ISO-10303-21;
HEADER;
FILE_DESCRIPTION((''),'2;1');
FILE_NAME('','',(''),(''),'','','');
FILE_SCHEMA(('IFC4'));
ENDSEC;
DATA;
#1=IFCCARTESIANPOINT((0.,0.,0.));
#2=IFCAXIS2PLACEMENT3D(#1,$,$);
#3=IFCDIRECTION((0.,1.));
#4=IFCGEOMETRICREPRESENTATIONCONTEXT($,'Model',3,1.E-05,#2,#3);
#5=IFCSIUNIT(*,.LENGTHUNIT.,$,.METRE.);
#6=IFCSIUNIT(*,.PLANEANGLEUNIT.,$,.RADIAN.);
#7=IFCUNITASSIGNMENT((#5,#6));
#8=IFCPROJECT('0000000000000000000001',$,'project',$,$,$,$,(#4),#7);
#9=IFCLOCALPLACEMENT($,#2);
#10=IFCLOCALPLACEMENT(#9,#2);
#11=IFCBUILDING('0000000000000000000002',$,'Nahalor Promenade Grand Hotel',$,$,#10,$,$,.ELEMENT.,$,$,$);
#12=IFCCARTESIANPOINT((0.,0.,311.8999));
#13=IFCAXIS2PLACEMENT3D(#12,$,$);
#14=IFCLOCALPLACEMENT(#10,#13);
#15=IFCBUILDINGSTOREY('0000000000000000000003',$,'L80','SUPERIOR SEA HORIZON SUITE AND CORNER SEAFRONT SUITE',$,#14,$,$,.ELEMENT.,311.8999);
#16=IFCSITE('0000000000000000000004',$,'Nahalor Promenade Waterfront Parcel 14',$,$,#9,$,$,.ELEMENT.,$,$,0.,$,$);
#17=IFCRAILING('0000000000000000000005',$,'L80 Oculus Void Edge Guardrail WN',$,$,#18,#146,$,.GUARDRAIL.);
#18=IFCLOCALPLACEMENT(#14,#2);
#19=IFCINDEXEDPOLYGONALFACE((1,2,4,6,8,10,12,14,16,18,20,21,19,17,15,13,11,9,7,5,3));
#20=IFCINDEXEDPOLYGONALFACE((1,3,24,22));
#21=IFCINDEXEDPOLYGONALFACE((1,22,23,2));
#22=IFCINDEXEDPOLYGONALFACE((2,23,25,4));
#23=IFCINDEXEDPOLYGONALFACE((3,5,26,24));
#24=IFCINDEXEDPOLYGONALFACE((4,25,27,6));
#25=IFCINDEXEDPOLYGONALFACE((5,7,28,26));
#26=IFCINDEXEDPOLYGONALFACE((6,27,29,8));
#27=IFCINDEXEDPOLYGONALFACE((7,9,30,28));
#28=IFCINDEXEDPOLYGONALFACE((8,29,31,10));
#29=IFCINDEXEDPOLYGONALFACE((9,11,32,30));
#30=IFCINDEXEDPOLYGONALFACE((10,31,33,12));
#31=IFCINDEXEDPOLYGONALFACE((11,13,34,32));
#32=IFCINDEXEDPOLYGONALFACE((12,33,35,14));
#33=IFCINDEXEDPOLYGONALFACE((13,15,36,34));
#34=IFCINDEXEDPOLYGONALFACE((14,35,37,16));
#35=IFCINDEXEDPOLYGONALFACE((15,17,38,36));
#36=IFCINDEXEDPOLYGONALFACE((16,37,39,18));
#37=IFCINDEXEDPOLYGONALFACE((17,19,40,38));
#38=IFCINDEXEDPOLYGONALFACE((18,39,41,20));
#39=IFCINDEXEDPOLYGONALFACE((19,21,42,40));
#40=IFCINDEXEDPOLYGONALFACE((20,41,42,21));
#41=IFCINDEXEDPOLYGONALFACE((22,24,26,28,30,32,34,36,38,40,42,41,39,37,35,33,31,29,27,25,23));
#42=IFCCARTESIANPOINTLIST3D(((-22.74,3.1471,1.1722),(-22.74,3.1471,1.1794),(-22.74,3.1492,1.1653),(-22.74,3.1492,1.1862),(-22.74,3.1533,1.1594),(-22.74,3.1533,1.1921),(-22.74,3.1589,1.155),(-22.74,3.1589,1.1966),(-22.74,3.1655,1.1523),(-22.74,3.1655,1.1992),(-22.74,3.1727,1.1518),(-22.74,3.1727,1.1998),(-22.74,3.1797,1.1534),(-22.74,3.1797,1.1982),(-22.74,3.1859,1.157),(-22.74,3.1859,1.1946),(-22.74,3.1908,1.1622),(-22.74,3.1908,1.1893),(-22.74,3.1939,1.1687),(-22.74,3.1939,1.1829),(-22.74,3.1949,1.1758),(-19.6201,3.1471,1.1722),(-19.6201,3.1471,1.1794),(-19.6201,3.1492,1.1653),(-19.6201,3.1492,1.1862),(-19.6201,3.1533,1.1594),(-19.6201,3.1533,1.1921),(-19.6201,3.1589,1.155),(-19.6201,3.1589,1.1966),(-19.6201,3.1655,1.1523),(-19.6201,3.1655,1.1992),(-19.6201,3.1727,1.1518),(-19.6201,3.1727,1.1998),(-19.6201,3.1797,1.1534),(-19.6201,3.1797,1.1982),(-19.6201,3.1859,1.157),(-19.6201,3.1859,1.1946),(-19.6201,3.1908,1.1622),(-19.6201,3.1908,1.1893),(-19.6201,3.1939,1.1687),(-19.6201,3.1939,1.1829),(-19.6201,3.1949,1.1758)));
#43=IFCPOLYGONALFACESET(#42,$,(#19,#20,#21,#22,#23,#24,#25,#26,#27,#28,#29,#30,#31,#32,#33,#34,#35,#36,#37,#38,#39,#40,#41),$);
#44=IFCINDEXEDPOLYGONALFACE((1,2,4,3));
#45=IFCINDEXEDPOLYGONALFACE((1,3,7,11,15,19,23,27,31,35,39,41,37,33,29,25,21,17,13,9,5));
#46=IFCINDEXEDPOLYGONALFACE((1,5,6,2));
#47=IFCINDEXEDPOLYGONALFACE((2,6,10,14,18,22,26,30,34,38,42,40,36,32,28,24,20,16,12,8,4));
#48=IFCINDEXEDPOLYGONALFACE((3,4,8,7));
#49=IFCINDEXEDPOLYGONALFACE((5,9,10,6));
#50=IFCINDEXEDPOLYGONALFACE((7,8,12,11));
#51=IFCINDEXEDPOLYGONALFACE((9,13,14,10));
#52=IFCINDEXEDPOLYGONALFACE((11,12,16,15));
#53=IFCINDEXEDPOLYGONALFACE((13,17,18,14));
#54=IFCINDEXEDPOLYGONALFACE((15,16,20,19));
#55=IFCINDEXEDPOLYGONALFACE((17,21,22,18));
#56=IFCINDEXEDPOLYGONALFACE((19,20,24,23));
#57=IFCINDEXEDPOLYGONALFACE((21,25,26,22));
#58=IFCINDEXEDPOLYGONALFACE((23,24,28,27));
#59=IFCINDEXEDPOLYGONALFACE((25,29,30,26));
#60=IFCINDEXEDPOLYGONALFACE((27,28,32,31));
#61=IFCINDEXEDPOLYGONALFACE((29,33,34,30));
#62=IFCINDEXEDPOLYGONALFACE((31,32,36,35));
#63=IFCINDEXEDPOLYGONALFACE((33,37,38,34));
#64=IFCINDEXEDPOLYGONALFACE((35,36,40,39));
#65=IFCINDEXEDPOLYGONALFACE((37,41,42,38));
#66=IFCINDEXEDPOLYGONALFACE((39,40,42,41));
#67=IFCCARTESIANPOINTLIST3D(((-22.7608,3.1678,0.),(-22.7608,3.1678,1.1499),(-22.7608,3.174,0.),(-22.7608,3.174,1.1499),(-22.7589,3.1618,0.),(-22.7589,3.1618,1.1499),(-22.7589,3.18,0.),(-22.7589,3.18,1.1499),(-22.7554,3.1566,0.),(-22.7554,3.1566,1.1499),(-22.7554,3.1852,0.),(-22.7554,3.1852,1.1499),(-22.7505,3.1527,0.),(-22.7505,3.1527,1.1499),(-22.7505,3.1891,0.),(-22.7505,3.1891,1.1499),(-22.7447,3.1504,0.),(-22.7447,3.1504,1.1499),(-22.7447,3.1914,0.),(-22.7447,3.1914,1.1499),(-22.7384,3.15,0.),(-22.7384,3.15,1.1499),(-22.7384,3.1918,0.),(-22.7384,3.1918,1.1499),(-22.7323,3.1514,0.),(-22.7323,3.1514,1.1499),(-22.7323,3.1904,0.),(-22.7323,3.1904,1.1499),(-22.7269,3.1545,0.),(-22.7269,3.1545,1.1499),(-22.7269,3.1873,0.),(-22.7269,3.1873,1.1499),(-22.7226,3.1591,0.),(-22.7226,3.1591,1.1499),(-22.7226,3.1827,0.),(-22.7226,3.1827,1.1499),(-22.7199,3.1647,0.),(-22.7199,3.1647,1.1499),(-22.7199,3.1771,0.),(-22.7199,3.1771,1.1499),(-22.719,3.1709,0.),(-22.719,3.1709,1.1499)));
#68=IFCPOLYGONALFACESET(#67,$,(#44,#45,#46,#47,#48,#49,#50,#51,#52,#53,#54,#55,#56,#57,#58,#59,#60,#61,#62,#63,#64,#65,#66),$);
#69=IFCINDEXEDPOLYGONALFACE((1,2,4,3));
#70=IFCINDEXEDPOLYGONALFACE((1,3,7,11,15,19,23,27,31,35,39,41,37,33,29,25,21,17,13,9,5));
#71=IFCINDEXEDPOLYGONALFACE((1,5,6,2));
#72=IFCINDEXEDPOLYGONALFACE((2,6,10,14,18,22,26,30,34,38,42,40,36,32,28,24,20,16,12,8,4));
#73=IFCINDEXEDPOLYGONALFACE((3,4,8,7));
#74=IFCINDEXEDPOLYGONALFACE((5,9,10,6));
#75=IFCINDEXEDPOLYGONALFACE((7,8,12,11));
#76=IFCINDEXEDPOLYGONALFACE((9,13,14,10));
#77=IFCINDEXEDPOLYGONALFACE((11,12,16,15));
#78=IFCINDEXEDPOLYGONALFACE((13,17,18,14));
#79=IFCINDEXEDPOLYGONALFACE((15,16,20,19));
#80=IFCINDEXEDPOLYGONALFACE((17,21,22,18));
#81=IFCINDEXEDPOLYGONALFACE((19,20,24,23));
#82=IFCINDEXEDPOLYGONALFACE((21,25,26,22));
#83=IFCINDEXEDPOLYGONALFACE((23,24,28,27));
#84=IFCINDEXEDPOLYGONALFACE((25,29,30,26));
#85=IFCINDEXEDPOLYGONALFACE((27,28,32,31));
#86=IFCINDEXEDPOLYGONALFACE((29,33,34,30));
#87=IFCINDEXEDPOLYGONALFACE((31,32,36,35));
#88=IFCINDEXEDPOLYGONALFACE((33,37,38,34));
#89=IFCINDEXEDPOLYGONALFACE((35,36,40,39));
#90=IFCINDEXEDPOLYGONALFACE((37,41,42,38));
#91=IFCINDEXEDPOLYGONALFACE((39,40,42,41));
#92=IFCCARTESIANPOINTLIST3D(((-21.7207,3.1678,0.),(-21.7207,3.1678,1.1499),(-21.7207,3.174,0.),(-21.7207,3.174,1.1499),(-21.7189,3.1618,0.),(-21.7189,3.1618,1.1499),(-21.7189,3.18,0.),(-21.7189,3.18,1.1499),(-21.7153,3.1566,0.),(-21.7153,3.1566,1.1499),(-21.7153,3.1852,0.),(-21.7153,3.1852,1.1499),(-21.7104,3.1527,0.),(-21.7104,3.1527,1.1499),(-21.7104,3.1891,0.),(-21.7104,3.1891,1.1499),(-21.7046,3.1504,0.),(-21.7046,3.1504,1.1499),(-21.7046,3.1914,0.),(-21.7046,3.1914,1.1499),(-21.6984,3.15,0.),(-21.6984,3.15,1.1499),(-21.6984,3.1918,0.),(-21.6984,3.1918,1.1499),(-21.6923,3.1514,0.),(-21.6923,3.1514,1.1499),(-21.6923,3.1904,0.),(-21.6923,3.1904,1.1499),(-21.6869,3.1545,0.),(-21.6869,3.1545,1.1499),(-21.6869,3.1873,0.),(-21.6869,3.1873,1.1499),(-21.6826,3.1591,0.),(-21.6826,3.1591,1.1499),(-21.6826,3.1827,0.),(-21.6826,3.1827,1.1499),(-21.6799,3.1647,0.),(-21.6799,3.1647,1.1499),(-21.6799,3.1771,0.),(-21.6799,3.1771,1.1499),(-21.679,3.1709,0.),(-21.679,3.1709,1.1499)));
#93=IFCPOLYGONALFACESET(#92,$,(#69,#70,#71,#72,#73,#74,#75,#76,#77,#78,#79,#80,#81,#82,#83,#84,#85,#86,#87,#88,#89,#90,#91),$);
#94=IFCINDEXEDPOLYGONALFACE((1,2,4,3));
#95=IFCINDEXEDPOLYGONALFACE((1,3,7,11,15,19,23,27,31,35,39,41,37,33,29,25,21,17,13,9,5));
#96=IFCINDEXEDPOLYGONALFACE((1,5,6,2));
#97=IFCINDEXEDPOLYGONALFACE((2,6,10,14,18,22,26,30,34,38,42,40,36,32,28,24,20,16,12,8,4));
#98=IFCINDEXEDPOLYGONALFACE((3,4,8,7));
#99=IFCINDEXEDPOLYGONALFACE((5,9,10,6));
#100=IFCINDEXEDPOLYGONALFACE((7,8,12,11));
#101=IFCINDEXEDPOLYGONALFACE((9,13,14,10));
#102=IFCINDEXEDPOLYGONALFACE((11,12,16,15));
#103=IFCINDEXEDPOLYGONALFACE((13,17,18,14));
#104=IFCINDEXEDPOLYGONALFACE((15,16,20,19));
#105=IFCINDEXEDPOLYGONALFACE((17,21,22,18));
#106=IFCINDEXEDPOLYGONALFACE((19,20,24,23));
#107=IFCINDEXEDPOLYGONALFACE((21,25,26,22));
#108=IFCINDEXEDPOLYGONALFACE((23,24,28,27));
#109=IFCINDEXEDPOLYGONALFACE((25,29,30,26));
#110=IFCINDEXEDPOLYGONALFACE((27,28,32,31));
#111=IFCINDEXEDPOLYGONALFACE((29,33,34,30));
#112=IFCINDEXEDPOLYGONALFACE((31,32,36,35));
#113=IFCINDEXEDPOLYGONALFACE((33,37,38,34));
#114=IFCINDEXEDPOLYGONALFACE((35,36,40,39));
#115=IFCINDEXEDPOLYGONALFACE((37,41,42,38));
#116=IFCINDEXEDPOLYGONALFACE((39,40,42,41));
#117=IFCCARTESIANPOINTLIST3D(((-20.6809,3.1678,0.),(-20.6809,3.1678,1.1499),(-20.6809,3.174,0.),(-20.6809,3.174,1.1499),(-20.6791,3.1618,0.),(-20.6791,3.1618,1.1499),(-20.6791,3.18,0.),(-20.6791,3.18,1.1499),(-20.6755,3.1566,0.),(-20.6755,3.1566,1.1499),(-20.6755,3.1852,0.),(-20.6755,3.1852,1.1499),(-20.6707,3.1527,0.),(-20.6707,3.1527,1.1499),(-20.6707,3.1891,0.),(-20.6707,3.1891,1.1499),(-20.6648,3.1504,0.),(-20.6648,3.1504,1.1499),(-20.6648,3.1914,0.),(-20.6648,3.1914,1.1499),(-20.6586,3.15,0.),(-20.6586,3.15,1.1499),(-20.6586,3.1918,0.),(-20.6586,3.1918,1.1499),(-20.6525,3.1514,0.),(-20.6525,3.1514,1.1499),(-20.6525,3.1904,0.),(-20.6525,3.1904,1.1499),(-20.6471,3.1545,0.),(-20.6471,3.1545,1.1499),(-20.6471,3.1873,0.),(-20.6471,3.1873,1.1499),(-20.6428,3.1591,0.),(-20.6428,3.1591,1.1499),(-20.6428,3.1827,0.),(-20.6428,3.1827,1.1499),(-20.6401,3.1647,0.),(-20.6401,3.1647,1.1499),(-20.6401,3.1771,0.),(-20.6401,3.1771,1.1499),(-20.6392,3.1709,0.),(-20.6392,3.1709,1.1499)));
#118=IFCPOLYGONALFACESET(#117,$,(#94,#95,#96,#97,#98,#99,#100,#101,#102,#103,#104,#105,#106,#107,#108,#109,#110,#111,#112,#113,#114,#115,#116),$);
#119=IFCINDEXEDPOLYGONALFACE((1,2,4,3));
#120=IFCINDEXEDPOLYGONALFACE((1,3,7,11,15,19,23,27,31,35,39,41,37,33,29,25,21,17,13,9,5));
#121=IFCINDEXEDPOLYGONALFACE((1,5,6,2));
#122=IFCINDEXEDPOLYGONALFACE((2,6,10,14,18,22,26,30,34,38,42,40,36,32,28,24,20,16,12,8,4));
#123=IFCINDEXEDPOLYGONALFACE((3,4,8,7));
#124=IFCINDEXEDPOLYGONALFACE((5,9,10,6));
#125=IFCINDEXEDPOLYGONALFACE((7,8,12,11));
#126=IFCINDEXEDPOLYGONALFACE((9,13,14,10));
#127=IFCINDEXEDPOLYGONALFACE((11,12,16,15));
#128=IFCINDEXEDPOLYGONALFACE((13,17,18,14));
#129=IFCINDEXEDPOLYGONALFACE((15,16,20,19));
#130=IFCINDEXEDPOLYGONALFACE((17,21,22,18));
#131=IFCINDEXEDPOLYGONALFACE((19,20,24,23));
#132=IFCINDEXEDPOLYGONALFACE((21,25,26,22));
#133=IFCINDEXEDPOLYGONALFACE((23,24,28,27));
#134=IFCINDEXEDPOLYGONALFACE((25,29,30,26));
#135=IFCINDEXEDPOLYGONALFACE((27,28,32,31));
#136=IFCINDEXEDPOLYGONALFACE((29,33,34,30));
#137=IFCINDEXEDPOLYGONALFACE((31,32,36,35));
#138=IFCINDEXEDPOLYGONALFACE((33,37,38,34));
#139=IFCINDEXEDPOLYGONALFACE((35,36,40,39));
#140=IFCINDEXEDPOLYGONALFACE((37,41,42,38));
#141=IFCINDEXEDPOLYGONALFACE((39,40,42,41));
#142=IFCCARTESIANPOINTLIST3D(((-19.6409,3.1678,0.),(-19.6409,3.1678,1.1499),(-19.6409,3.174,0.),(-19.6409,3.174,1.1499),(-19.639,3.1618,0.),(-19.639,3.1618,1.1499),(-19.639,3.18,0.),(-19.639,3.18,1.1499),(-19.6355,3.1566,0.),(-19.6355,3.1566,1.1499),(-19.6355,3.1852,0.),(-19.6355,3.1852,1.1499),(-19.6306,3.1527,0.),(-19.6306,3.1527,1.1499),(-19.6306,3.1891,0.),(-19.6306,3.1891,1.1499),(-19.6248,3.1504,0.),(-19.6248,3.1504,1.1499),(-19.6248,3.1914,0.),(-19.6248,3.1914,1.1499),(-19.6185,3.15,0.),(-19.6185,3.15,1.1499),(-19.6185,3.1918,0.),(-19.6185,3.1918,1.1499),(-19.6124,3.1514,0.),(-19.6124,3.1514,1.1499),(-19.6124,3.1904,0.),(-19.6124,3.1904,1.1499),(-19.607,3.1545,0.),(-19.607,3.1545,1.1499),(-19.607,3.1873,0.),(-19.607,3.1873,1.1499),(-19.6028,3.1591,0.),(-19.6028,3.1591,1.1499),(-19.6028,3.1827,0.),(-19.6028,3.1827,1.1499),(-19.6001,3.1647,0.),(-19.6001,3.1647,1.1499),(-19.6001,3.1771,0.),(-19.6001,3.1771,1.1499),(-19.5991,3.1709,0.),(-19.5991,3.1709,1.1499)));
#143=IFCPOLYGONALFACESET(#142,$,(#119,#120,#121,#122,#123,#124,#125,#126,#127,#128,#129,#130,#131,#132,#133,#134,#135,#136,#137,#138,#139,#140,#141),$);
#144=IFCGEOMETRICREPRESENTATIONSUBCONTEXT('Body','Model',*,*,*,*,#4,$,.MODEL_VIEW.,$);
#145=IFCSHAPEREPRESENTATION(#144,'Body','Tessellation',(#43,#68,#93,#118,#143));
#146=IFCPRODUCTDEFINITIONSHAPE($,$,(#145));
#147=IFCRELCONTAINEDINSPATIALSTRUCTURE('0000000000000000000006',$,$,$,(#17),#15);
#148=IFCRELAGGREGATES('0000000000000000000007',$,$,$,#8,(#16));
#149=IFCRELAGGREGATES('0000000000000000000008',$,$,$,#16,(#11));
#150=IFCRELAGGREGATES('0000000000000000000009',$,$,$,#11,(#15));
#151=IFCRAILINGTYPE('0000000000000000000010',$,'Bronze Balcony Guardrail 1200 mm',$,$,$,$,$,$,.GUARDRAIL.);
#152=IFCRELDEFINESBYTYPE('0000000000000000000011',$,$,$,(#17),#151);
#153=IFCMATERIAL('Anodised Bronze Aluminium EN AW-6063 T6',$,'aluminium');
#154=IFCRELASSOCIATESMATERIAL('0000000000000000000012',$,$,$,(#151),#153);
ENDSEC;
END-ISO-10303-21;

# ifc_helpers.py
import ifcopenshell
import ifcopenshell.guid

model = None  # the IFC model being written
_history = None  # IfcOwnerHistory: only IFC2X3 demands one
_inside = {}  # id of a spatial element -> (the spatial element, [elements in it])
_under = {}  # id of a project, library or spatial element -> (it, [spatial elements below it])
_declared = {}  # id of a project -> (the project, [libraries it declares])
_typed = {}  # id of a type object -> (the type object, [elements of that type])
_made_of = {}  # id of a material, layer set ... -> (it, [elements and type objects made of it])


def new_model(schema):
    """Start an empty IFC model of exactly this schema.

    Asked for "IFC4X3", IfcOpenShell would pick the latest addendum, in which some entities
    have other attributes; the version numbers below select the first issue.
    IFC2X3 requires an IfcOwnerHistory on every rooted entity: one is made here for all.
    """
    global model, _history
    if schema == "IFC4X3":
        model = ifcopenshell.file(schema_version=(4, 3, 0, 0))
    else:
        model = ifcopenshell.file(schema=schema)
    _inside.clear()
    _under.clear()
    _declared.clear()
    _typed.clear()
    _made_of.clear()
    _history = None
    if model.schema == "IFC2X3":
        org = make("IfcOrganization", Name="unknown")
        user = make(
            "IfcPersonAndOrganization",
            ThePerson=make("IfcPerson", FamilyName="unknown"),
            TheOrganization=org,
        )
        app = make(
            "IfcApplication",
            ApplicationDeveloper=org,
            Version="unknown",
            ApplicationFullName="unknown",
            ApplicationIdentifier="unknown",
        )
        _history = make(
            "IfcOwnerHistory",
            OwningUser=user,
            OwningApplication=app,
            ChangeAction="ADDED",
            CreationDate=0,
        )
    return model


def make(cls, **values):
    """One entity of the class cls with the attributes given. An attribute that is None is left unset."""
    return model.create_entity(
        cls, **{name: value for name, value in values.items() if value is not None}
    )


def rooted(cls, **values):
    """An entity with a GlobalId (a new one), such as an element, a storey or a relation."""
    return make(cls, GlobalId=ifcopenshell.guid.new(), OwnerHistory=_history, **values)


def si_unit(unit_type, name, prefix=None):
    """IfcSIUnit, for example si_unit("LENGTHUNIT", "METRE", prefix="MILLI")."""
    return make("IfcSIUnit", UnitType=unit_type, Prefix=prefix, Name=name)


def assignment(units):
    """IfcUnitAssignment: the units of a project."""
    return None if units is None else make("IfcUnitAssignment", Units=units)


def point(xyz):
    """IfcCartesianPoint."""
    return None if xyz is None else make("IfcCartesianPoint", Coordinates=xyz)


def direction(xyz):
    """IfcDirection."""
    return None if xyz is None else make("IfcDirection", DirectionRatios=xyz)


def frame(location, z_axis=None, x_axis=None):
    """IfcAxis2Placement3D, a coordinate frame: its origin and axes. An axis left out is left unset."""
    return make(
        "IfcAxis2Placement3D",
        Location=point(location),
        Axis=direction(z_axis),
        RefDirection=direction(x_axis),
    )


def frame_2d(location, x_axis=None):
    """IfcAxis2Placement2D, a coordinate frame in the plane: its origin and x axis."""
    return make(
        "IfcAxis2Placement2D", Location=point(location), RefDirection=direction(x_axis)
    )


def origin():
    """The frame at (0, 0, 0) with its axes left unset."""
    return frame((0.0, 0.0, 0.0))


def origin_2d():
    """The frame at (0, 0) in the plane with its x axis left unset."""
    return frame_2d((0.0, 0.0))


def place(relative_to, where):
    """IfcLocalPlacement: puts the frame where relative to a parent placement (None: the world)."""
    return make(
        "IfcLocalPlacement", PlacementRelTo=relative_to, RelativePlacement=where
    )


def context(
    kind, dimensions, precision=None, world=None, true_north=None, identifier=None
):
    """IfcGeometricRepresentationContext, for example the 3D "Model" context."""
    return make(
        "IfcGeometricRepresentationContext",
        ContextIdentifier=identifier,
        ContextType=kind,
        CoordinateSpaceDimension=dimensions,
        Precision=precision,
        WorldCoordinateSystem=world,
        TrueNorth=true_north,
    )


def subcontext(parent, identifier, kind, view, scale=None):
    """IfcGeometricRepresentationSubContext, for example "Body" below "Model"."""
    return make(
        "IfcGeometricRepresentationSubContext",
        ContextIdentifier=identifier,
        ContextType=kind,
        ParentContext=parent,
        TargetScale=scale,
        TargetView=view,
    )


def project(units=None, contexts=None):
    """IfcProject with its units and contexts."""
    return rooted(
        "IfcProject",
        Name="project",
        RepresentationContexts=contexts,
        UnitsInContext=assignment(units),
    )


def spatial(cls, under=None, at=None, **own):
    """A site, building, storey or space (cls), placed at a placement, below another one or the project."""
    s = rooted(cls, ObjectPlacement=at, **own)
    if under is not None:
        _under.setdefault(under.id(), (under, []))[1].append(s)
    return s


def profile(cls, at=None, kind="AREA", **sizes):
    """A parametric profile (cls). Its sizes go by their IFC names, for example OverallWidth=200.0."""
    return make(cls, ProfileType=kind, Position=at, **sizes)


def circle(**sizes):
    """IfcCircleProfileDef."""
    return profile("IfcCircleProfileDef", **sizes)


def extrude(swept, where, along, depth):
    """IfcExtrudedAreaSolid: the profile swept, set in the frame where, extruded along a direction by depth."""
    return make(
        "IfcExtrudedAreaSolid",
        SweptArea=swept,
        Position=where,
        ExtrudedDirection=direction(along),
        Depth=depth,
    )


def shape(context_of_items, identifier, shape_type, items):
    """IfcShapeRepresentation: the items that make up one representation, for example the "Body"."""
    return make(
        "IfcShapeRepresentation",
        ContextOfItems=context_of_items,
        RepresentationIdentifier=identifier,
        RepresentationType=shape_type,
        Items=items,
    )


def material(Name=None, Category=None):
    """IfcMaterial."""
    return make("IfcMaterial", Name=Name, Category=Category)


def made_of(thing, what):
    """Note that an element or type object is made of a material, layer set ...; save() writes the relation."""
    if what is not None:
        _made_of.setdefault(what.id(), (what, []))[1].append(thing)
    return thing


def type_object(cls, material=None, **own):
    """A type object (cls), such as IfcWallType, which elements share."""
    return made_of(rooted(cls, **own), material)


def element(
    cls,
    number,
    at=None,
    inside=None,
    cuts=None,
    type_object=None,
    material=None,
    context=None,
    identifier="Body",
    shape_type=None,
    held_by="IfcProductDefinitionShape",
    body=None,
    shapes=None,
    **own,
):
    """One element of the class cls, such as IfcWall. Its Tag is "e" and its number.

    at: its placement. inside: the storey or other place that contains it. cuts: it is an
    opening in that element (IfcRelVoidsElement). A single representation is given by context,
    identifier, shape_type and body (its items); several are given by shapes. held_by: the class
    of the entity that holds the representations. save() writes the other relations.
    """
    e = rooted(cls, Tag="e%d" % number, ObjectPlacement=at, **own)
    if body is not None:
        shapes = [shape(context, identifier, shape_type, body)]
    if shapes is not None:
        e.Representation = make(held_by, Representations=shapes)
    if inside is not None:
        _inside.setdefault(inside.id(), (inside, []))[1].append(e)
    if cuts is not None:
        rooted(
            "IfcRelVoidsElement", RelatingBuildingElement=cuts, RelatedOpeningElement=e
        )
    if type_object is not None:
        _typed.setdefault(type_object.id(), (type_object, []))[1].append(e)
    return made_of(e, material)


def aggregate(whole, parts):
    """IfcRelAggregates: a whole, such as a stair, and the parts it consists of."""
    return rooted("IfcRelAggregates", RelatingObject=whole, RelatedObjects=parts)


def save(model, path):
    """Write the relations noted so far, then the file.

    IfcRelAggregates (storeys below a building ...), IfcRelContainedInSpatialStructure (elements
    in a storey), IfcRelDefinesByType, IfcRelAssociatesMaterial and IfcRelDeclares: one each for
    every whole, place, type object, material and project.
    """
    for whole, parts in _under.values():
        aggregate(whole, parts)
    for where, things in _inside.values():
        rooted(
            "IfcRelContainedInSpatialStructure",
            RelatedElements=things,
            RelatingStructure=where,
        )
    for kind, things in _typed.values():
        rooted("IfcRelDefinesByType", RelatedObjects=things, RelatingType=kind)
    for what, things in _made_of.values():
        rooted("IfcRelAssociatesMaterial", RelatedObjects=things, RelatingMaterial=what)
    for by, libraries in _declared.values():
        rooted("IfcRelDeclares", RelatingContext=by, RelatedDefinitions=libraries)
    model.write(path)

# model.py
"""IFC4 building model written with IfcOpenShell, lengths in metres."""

from ifc_helpers import new_model, si_unit, direction, frame, origin, origin_2d, place, context, subcontext, project, spatial, circle, extrude, material, type_object, element, save


model = new_model("IFC4")

# Units and contexts
model_context = context("Model", 3, precision=1e-05, world=origin(), true_north=direction((0.0, 1.0)))
body_context = subcontext(model_context, "Body", "Model", "MODEL_VIEW")
ifc_project = project(units=[si_unit("LENGTHUNIT", "METRE"), si_unit("PLANEANGLEUNIT", "RADIAN")], contexts=[model_context])

# Site, building, storey
site_placement = place(None, origin())
site = spatial("IfcSite", under=ifc_project, at=site_placement, Name="Nahalor Promenade Waterfront Parcel 14", CompositionType="ELEMENT", RefElevation=0.0)
building_placement = place(site_placement, origin())
building = spatial("IfcBuilding", under=site, at=building_placement, Name="Nahalor Promenade Grand Hotel", CompositionType="ELEMENT")
storey_placement = place(building_placement, frame((0.0, 0.0, 311.8999)))
storey = spatial("IfcBuildingStorey", under=building, at=storey_placement, Name="L80", Description="SUPERIOR SEA HORIZON SUITE AND CORNER SEAFRONT SUITE", CompositionType="ELEMENT", Elevation=311.8999)

# Shared definitions
ifc_material_1 = material(Name="Anodised Bronze Aluminium EN AW-6063 T6", Category="aluminium")

# Railing
railing_type = type_object("IfcRailingType", Name="Bronze Balcony Guardrail 1200 mm", PredefinedType="GUARDRAIL", material=ifc_material_1)
for number, where, name in (
    (1, (-22.74, 3.1709, 0.0), "L80 Oculus Void Edge Guardrail WN"),
):
    element("IfcRailing", number, at=place(storey_placement, frame(where)), inside=storey, type_object=railing_type, Name=name, PredefinedType="GUARDRAIL", context=body_context, shape_type="SweptSolid", body=[
        extrude(circle(Radius=0.024, at=origin_2d()), frame((0.0, 0.0, 1.1758), z_axis=(1.0, 0.0, 0.0), x_axis=(0.0, 1.0, 0.0)), (0.0, 0.0, 1.0), 3.1199),
        extrude(circle(Radius=0.021, at=origin_2d()), origin(), (0.0, 0.0, 1.0), 1.1499),
        extrude(circle(Radius=0.021, at=origin_2d()), frame((1.04, 0.0, 0.0)), (0.0, 0.0, 1.0), 1.1499),
        extrude(circle(Radius=0.021, at=origin_2d()), frame((2.0798, 0.0, 0.0)), (0.0, 0.0, 1.0), 1.1499),
        extrude(circle(Radius=0.021, at=origin_2d()), frame((3.1199, 0.0, 0.0)), (0.0, 0.0, 1.0), 1.1499),
    ])

save(model, "model.ifc")
